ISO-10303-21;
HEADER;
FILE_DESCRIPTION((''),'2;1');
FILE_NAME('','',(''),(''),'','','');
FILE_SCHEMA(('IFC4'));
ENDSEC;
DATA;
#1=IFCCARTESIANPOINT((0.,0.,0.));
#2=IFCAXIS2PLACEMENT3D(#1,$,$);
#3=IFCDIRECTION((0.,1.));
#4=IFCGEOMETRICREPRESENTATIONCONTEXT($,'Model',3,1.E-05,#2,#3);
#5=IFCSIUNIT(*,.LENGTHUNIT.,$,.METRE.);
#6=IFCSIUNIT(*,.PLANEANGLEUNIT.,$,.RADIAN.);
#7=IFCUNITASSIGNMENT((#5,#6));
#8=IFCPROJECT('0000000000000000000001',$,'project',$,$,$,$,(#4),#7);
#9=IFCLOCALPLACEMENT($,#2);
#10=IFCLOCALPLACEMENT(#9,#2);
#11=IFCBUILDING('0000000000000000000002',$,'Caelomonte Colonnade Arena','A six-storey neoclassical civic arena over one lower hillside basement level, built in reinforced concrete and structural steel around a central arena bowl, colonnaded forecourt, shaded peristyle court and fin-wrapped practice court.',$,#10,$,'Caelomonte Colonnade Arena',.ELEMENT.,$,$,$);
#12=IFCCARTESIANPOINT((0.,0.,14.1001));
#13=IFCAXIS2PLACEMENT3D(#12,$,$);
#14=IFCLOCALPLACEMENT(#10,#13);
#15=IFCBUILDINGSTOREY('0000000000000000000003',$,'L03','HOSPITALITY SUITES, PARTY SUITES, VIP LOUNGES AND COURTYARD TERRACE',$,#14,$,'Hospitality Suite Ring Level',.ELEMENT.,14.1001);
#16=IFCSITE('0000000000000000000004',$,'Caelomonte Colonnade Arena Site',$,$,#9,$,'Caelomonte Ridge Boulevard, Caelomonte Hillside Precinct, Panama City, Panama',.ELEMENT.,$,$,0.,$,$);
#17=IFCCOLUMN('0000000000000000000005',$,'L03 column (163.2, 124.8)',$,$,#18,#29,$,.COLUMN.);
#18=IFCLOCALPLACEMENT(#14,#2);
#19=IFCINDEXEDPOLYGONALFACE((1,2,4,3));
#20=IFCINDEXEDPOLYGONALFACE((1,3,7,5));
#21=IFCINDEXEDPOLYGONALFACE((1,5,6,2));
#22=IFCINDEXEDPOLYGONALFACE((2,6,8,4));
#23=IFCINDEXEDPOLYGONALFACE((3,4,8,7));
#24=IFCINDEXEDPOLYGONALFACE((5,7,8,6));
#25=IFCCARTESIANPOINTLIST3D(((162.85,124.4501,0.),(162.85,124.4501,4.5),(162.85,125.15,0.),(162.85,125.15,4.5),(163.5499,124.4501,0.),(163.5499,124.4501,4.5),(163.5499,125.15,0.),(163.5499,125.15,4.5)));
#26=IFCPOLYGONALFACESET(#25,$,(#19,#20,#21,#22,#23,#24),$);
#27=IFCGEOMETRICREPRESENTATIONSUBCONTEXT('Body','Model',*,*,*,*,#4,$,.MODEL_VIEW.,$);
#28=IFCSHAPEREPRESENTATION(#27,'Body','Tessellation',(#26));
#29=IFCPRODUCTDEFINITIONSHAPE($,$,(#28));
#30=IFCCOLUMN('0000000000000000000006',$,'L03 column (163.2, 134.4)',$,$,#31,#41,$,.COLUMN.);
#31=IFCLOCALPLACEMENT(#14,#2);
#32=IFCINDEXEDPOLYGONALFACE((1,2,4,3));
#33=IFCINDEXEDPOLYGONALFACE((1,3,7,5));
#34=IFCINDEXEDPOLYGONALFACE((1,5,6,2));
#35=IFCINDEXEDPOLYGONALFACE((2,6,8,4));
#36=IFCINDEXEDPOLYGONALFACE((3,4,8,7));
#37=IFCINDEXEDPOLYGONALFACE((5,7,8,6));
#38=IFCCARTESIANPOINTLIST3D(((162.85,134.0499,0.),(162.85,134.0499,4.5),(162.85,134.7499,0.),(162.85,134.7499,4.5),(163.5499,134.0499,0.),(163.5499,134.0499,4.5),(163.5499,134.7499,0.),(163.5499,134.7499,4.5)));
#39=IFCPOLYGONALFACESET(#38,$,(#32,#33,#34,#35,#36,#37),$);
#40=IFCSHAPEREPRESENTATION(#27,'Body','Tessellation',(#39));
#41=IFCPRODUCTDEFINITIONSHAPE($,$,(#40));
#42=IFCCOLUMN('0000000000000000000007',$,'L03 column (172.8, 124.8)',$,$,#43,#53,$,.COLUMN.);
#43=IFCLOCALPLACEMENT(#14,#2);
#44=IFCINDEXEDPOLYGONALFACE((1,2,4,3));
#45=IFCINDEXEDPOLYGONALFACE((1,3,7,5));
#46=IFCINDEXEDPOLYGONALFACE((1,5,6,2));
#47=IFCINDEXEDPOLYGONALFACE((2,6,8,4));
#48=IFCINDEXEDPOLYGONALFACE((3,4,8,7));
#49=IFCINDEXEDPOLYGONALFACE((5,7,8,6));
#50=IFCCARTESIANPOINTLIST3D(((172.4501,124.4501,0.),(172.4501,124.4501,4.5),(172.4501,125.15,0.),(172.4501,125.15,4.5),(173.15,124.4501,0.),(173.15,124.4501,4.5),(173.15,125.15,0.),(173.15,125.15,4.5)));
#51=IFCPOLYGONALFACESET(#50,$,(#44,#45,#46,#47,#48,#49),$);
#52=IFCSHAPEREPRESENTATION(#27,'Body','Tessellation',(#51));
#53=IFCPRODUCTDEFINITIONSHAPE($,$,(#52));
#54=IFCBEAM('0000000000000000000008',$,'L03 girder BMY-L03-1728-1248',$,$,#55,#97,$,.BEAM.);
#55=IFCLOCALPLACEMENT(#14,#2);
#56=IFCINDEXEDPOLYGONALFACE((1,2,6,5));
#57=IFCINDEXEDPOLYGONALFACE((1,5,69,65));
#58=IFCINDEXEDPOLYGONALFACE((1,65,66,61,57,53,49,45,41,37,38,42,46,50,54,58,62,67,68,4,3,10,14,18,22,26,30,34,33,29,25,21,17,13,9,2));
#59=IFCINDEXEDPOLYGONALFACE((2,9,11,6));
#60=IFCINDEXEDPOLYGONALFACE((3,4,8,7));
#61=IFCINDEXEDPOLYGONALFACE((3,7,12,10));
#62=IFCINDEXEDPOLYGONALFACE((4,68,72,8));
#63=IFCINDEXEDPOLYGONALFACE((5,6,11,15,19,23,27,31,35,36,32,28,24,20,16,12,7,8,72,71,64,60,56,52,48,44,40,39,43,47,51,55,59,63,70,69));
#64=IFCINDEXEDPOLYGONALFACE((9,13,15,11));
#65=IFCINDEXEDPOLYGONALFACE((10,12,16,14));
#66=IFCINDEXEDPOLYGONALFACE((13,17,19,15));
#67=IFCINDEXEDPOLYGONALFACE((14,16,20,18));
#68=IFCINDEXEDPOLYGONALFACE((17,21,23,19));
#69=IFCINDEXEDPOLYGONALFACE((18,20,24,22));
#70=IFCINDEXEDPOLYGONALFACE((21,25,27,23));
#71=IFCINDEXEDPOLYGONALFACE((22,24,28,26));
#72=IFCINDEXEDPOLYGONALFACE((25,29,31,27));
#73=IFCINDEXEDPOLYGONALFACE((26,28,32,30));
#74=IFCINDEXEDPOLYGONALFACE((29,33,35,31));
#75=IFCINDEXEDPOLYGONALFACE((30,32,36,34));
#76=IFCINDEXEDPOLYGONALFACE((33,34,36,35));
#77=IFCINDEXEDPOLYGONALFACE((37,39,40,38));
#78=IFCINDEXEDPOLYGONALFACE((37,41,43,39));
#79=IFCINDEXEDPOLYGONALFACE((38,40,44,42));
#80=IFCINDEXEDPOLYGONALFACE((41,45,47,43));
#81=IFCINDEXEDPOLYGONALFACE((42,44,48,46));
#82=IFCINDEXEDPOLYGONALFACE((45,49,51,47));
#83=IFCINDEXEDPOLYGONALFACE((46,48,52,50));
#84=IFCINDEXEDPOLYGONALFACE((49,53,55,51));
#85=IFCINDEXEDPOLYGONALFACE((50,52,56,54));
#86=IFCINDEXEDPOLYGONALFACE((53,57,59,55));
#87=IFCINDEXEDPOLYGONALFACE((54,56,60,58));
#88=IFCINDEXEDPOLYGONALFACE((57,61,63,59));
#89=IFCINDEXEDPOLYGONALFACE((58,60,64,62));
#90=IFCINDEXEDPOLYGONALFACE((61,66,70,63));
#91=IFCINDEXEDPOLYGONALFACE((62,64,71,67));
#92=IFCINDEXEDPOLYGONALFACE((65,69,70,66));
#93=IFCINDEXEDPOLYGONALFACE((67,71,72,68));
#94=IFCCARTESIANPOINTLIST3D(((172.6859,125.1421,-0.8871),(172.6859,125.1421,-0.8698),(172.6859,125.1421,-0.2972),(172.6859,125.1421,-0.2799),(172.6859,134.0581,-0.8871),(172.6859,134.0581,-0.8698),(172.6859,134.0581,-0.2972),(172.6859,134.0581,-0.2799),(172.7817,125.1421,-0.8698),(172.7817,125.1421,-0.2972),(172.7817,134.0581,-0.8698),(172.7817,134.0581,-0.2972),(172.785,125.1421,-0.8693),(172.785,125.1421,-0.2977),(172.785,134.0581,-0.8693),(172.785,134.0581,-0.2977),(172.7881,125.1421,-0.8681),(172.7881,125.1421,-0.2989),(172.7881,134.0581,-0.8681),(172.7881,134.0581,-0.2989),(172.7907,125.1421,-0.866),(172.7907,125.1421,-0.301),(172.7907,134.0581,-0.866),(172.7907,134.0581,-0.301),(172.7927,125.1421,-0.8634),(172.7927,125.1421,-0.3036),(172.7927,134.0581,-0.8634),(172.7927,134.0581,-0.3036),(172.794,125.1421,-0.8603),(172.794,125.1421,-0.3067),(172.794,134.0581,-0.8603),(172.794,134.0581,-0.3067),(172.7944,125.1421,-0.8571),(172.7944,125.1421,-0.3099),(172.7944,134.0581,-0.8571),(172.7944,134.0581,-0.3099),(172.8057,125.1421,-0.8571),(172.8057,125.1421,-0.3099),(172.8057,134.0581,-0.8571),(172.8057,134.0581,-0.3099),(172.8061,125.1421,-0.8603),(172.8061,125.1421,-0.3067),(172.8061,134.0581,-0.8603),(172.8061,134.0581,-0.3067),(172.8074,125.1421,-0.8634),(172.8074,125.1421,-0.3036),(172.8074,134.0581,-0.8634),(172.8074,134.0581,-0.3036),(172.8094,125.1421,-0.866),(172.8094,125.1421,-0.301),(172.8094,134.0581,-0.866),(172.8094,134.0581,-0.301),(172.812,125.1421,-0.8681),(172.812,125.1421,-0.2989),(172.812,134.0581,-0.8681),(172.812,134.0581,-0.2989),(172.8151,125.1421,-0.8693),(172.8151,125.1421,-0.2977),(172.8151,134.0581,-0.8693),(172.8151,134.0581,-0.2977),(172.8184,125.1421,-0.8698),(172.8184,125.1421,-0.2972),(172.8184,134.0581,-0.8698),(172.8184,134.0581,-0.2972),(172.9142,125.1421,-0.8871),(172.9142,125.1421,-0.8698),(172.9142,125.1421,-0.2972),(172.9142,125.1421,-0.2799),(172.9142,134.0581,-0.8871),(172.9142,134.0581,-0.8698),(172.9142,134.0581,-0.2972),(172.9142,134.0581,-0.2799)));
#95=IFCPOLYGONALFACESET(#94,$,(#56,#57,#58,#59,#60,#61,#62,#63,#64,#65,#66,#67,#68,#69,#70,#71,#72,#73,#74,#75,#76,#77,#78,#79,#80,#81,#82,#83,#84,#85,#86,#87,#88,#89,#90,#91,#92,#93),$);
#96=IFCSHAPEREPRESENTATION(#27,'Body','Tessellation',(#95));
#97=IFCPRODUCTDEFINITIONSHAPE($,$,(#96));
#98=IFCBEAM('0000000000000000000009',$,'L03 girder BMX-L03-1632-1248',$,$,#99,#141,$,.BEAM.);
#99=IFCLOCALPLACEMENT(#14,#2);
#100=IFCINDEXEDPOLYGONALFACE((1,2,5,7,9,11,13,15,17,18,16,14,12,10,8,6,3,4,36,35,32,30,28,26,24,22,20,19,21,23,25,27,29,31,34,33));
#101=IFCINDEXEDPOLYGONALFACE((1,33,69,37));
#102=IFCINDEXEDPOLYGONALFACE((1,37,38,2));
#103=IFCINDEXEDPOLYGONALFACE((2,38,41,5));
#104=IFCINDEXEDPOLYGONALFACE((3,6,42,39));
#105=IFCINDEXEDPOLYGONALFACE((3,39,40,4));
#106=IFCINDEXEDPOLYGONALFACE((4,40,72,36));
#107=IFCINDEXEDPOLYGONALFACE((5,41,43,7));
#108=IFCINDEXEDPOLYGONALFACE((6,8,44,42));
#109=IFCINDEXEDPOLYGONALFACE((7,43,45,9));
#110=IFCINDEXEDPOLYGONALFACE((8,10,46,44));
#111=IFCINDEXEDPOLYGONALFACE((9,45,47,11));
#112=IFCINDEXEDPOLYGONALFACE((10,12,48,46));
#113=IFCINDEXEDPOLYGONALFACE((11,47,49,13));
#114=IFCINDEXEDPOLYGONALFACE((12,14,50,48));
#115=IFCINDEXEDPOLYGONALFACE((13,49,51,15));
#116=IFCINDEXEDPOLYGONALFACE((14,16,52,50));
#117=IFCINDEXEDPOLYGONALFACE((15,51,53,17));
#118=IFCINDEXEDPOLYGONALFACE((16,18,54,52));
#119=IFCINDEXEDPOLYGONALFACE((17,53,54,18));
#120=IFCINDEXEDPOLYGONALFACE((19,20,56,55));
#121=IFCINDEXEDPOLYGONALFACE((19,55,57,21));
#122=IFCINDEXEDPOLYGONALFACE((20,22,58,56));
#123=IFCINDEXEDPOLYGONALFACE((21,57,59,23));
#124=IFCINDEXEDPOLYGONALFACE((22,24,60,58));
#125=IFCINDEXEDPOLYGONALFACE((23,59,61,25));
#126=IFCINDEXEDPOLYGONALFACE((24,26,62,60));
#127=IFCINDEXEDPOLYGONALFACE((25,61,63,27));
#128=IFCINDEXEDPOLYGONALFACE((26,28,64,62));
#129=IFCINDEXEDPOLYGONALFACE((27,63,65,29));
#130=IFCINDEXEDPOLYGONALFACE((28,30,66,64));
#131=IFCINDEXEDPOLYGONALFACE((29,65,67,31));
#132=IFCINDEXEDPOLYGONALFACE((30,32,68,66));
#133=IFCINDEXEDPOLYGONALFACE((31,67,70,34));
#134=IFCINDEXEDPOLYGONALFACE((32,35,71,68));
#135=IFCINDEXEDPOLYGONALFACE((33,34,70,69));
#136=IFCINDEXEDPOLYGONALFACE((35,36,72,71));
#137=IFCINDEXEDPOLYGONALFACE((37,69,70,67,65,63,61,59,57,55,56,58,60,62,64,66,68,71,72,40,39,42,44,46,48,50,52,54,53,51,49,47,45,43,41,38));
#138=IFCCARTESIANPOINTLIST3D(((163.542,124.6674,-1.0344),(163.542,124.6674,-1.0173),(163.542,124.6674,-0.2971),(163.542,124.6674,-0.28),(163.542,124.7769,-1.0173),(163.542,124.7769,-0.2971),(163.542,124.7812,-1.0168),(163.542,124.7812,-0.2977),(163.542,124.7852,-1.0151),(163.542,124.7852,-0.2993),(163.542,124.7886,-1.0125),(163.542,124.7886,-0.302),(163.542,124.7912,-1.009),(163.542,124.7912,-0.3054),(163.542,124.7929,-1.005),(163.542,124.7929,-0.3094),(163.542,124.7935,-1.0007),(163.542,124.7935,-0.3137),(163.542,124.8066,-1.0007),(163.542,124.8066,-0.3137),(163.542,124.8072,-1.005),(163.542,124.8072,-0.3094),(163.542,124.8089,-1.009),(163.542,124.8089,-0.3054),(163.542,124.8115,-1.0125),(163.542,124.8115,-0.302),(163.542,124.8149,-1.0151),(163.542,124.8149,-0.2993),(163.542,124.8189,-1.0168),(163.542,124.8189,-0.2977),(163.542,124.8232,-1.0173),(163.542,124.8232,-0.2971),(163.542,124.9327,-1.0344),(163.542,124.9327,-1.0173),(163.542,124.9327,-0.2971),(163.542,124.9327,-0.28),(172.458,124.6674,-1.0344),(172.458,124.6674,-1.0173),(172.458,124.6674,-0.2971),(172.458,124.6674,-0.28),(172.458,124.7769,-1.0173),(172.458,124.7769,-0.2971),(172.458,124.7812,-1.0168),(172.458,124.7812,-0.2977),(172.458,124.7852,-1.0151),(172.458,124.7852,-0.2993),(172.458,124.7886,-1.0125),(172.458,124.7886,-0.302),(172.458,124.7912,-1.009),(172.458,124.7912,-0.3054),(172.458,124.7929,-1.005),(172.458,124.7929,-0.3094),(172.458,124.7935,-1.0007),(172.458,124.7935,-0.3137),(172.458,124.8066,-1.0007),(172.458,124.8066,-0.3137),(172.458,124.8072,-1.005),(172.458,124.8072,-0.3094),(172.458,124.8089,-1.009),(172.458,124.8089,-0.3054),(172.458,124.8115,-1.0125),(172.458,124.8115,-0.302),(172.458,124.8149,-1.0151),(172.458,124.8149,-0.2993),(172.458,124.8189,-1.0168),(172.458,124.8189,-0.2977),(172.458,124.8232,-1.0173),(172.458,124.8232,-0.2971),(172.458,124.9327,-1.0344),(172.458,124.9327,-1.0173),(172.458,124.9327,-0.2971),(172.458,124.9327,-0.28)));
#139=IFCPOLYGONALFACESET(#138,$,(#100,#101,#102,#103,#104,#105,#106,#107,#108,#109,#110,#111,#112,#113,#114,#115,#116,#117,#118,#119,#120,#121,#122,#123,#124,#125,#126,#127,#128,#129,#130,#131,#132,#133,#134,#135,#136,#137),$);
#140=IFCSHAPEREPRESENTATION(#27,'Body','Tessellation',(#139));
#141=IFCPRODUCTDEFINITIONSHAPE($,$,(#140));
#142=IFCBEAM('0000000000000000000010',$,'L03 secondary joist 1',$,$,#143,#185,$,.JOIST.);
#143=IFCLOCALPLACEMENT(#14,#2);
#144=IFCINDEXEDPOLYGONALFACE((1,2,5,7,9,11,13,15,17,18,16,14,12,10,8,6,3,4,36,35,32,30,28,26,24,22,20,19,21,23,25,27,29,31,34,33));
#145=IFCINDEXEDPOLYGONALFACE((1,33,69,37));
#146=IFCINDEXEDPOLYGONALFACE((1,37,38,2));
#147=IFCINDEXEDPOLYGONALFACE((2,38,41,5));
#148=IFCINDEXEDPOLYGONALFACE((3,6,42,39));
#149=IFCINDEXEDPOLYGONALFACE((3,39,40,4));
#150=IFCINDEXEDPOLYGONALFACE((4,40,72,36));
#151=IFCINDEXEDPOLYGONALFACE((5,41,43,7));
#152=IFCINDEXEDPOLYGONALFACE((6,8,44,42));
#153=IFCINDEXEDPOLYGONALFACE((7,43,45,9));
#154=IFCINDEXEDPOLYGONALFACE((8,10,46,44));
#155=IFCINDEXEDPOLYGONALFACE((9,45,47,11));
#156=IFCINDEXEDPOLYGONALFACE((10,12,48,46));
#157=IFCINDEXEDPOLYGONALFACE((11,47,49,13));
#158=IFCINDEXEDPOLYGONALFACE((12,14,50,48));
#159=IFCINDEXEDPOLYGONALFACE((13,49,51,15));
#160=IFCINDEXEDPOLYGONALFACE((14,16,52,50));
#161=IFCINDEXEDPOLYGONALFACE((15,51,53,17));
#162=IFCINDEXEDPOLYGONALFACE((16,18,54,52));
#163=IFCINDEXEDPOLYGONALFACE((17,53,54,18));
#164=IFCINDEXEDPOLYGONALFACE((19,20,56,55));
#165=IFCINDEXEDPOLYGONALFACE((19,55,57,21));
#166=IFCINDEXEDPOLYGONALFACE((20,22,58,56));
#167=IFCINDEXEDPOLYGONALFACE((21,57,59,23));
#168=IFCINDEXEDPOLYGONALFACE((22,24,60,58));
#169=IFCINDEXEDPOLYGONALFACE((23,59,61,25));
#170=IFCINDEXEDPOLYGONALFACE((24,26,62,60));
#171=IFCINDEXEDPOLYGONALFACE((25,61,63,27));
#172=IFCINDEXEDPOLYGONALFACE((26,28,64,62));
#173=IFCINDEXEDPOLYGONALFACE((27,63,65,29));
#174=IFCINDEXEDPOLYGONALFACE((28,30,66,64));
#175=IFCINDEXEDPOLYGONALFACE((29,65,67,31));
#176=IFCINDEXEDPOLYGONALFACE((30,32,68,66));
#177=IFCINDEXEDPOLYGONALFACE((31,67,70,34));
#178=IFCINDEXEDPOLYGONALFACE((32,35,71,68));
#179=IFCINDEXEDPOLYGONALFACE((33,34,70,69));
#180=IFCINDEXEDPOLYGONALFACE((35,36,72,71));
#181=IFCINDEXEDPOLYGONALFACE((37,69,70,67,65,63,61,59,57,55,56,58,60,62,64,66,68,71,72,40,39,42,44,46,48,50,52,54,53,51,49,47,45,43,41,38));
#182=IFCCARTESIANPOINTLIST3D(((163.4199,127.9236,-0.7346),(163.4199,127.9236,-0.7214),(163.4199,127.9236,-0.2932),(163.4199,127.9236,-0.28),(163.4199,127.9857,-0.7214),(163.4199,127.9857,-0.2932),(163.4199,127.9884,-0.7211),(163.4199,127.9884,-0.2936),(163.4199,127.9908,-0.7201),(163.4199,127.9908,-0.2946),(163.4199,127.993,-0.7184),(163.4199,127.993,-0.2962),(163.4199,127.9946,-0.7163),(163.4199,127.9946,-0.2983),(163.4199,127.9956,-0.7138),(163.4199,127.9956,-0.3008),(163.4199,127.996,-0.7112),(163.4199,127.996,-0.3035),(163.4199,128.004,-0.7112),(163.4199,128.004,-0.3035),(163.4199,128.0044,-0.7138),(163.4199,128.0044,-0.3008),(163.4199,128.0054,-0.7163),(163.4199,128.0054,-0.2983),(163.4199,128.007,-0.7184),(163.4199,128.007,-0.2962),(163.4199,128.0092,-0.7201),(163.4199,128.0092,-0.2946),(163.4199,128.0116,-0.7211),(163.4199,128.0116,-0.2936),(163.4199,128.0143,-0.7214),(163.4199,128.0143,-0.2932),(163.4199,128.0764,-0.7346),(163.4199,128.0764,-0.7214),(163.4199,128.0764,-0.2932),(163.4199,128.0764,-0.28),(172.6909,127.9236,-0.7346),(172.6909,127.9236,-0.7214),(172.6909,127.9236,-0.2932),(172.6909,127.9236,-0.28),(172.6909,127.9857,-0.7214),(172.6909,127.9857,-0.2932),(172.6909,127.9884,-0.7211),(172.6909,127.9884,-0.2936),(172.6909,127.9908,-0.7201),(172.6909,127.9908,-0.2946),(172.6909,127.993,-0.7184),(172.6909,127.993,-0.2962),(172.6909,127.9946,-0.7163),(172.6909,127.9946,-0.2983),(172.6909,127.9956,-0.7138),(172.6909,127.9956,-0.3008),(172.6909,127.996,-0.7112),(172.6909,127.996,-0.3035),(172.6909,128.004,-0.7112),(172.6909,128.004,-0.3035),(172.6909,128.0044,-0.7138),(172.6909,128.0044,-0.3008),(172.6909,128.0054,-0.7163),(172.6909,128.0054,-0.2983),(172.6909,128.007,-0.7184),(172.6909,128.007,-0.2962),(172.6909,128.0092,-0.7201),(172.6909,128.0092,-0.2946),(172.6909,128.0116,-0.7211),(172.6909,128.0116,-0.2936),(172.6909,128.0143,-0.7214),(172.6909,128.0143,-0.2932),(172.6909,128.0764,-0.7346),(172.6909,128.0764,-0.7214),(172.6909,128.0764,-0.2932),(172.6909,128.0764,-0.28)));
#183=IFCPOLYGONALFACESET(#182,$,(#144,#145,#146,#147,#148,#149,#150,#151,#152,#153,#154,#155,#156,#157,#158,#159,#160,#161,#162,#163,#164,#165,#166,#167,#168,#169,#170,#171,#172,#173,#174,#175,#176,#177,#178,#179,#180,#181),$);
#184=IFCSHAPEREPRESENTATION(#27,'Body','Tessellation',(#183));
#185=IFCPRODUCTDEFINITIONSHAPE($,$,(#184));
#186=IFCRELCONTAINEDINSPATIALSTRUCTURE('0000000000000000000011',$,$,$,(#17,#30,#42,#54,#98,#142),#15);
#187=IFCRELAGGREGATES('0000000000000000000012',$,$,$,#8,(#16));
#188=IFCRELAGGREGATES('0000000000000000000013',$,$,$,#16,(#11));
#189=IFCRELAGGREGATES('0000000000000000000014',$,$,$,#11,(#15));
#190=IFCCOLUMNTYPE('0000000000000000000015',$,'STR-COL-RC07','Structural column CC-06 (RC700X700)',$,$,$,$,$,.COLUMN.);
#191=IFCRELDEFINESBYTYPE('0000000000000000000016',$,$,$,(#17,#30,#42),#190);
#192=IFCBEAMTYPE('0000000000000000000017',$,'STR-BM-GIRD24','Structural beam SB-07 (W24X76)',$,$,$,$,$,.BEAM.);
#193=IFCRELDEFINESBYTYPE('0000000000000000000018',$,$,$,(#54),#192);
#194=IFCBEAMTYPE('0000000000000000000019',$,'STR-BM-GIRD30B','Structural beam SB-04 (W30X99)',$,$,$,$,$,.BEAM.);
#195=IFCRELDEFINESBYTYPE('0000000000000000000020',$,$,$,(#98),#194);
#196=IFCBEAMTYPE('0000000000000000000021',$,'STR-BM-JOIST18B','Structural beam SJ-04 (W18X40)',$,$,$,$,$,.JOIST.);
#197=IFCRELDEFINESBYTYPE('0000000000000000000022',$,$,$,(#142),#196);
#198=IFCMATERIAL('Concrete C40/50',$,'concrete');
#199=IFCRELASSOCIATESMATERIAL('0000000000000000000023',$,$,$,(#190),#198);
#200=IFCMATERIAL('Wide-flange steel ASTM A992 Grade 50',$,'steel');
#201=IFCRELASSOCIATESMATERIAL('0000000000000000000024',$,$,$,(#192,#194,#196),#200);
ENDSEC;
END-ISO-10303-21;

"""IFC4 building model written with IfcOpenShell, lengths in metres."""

from ifc_helpers import new_model, si_unit, direction, frame, origin, origin_2d, place, context, subcontext, project, spatial, rectangle, i_section, extrude, material, material_profile, profile_set, type_object, element, save


model = new_model("IFC4")

# Units and contexts
model_context = context("Model", 3, precision=1e-05, world=origin(), true_north=direction((0.0, 1.0)))
body_context = subcontext(model_context, "Body", "Model", "MODEL_VIEW")
ifc_project = project(units=[si_unit("LENGTHUNIT", "METRE"), si_unit("PLANEANGLEUNIT", "RADIAN")], contexts=[model_context])

# Site, building, storey
site_placement = place(None, origin())
site = spatial("IfcSite", under=ifc_project, at=site_placement, Name="Caelomonte Colonnade Arena Site", LongName="Caelomonte Ridge Boulevard, Caelomonte Hillside Precinct, Panama City, Panama", CompositionType="ELEMENT", RefElevation=0.0)
building_placement = place(site_placement, origin())
building = spatial("IfcBuilding", under=site, at=building_placement, Name="Caelomonte Colonnade Arena", Description="A six-storey neoclassical civic arena over one lower hillside basement level, built in reinforced concrete and structural steel around a central arena bowl, colonnaded forecourt, shaded peristyle court and fin-wrapped practice court.", LongName="Caelomonte Colonnade Arena", CompositionType="ELEMENT")
storey_placement = place(building_placement, frame((0.0, 0.0, 14.1001)))
storey = spatial("IfcBuildingStorey", under=building, at=storey_placement, Name="L03", Description="HOSPITALITY SUITES, PARTY SUITES, VIP LOUNGES AND COURTYARD TERRACE", LongName="Hospitality Suite Ring Level", CompositionType="ELEMENT", Elevation=14.1001)

# Columns
ifc_material_1 = material(Name="Concrete C40/50", Category="concrete")
ifc_material_profile_1 = material_profile(ifc_material_1, rectangle(XDim=0.7, YDim=0.7, at=origin_2d()), Name="RC700X700")
ifc_profile_set_1 = profile_set([ifc_material_profile_1], Name="Concrete C40/50")
column_type = type_object("IfcColumnType", Name="STR-COL-RC07", Description="Structural column CC-06 (RC700X700)", PredefinedType="COLUMN", material=ifc_profile_set_1)
for number, where, z_axis, x_axis, name in (
    (1, (163.2, 124.8, 0.0), (0.0, 0.0, 1.0), (1.0, 0.0, 0.0), "L03 column (163.2, 124.8)"),
    (2, (163.2, 134.3999, 0.0), (0.0, 0.0, 1.0), (1.0, 0.0, 0.0), "L03 column (163.2, 134.4)"),
    (3, (172.8, 124.8, 0.0), (0.0, 0.0, 1.0), (1.0, 0.0, 0.0), "L03 column (172.8, 124.8)"),
):
    element("IfcColumn", number, at=place(storey_placement, frame(where, z_axis=z_axis, x_axis=x_axis)), inside=storey, type_object=column_type, Name=name, PredefinedType="COLUMN", context=body_context, shape_type="SweptSolid", body=[
        extrude(rectangle(XDim=0.7, YDim=0.7, at=origin_2d()), origin(), (0.0, 0.0, 1.0), 4.5),
    ])

# Beams
ifc_material_2 = material(Name="Wide-flange steel ASTM A992 Grade 50", Category="steel")
ifc_material_profile_2 = material_profile(ifc_material_2, i_section(OverallWidth=0.2283, OverallDepth=0.6072, WebThickness=0.0112, FlangeThickness=0.0173, FilletRadius=0.0127, at=origin_2d()), Name="W24X76")
ifc_profile_set_2 = profile_set([ifc_material_profile_2], Name="Wide-flange steel ASTM A992 Grade 50")
beam_type_1 = type_object("IfcBeamType", Name="STR-BM-GIRD24", Description="Structural beam SB-07 (W24X76)", PredefinedType="BEAM", material=ifc_profile_set_2)
beam_1_placement = place(storey_placement, frame((172.8, 125.1421, -0.5835), z_axis=(0.0, 1.0, 0.0), x_axis=(-1.0, 0.0, 0.0)))
element("IfcBeam", 4, at=beam_1_placement, inside=storey, type_object=beam_type_1, Name="L03 girder BMY-L03-1728-1248", PredefinedType="BEAM", context=body_context, shape_type="SweptSolid", body=[
    extrude(i_section(OverallWidth=0.2283, OverallDepth=0.6072, WebThickness=0.0112, FlangeThickness=0.0173, FilletRadius=0.0127, at=origin_2d()), origin(), (0.0, 0.0, 1.0), 8.916),
])
ifc_material_profile_3 = material_profile(ifc_material_2, i_section(OverallWidth=0.2654, OverallDepth=0.7544, WebThickness=0.0132, FlangeThickness=0.0171, FilletRadius=0.0166, at=origin_2d()), Name="W30X99")
ifc_profile_set_3 = profile_set([ifc_material_profile_3], Name="Wide-flange steel ASTM A992 Grade 50")
beam_type_2 = type_object("IfcBeamType", Name="STR-BM-GIRD30B", Description="Structural beam SB-04 (W30X99)", PredefinedType="BEAM", material=ifc_profile_set_3)
beam_2_placement = place(storey_placement, frame((163.542, 124.8, -0.6572), z_axis=(1.0, 0.0, 0.0), x_axis=(0.0, 1.0, 0.0)))
element("IfcBeam", 5, at=beam_2_placement, inside=storey, type_object=beam_type_2, Name="L03 girder BMX-L03-1632-1248", PredefinedType="BEAM", context=body_context, shape_type="SweptSolid", body=[
    extrude(i_section(OverallWidth=0.2654, OverallDepth=0.7544, WebThickness=0.0132, FlangeThickness=0.0171, FilletRadius=0.0166, at=origin_2d()), origin(), (0.0, 0.0, 1.0), 8.916),
])
ifc_material_profile_4 = material_profile(ifc_material_2, i_section(OverallWidth=0.1528, OverallDepth=0.4546, WebThickness=0.0081, FlangeThickness=0.0132, FilletRadius=0.0103, at=origin_2d()), Name="W18X40")
ifc_profile_set_4 = profile_set([ifc_material_profile_4], Name="Wide-flange steel ASTM A992 Grade 50")
beam_type_3 = type_object("IfcBeamType", Name="STR-BM-JOIST18B", Description="Structural beam SJ-04 (W18X40)", PredefinedType="JOIST", material=ifc_profile_set_4)
for number, where, z_axis, x_axis, name in (
    (6, (163.4199, 128.0, -0.5073), (1.0, 0.0, 0.0), (0.0, 1.0, 0.0), "L03 secondary joist 1"),
):
    element("IfcBeam", number, at=place(storey_placement, frame(where, z_axis=z_axis, x_axis=x_axis)), inside=storey, type_object=beam_type_3, Name=name, PredefinedType="JOIST", context=body_context, shape_type="SweptSolid", body=[
        extrude(i_section(OverallWidth=0.1528, OverallDepth=0.4546, WebThickness=0.0081, FlangeThickness=0.0132, FilletRadius=0.0103, at=origin_2d()), origin(), (0.0, 0.0, 1.0), 9.271),
    ])

save(model, "model.ifc")
